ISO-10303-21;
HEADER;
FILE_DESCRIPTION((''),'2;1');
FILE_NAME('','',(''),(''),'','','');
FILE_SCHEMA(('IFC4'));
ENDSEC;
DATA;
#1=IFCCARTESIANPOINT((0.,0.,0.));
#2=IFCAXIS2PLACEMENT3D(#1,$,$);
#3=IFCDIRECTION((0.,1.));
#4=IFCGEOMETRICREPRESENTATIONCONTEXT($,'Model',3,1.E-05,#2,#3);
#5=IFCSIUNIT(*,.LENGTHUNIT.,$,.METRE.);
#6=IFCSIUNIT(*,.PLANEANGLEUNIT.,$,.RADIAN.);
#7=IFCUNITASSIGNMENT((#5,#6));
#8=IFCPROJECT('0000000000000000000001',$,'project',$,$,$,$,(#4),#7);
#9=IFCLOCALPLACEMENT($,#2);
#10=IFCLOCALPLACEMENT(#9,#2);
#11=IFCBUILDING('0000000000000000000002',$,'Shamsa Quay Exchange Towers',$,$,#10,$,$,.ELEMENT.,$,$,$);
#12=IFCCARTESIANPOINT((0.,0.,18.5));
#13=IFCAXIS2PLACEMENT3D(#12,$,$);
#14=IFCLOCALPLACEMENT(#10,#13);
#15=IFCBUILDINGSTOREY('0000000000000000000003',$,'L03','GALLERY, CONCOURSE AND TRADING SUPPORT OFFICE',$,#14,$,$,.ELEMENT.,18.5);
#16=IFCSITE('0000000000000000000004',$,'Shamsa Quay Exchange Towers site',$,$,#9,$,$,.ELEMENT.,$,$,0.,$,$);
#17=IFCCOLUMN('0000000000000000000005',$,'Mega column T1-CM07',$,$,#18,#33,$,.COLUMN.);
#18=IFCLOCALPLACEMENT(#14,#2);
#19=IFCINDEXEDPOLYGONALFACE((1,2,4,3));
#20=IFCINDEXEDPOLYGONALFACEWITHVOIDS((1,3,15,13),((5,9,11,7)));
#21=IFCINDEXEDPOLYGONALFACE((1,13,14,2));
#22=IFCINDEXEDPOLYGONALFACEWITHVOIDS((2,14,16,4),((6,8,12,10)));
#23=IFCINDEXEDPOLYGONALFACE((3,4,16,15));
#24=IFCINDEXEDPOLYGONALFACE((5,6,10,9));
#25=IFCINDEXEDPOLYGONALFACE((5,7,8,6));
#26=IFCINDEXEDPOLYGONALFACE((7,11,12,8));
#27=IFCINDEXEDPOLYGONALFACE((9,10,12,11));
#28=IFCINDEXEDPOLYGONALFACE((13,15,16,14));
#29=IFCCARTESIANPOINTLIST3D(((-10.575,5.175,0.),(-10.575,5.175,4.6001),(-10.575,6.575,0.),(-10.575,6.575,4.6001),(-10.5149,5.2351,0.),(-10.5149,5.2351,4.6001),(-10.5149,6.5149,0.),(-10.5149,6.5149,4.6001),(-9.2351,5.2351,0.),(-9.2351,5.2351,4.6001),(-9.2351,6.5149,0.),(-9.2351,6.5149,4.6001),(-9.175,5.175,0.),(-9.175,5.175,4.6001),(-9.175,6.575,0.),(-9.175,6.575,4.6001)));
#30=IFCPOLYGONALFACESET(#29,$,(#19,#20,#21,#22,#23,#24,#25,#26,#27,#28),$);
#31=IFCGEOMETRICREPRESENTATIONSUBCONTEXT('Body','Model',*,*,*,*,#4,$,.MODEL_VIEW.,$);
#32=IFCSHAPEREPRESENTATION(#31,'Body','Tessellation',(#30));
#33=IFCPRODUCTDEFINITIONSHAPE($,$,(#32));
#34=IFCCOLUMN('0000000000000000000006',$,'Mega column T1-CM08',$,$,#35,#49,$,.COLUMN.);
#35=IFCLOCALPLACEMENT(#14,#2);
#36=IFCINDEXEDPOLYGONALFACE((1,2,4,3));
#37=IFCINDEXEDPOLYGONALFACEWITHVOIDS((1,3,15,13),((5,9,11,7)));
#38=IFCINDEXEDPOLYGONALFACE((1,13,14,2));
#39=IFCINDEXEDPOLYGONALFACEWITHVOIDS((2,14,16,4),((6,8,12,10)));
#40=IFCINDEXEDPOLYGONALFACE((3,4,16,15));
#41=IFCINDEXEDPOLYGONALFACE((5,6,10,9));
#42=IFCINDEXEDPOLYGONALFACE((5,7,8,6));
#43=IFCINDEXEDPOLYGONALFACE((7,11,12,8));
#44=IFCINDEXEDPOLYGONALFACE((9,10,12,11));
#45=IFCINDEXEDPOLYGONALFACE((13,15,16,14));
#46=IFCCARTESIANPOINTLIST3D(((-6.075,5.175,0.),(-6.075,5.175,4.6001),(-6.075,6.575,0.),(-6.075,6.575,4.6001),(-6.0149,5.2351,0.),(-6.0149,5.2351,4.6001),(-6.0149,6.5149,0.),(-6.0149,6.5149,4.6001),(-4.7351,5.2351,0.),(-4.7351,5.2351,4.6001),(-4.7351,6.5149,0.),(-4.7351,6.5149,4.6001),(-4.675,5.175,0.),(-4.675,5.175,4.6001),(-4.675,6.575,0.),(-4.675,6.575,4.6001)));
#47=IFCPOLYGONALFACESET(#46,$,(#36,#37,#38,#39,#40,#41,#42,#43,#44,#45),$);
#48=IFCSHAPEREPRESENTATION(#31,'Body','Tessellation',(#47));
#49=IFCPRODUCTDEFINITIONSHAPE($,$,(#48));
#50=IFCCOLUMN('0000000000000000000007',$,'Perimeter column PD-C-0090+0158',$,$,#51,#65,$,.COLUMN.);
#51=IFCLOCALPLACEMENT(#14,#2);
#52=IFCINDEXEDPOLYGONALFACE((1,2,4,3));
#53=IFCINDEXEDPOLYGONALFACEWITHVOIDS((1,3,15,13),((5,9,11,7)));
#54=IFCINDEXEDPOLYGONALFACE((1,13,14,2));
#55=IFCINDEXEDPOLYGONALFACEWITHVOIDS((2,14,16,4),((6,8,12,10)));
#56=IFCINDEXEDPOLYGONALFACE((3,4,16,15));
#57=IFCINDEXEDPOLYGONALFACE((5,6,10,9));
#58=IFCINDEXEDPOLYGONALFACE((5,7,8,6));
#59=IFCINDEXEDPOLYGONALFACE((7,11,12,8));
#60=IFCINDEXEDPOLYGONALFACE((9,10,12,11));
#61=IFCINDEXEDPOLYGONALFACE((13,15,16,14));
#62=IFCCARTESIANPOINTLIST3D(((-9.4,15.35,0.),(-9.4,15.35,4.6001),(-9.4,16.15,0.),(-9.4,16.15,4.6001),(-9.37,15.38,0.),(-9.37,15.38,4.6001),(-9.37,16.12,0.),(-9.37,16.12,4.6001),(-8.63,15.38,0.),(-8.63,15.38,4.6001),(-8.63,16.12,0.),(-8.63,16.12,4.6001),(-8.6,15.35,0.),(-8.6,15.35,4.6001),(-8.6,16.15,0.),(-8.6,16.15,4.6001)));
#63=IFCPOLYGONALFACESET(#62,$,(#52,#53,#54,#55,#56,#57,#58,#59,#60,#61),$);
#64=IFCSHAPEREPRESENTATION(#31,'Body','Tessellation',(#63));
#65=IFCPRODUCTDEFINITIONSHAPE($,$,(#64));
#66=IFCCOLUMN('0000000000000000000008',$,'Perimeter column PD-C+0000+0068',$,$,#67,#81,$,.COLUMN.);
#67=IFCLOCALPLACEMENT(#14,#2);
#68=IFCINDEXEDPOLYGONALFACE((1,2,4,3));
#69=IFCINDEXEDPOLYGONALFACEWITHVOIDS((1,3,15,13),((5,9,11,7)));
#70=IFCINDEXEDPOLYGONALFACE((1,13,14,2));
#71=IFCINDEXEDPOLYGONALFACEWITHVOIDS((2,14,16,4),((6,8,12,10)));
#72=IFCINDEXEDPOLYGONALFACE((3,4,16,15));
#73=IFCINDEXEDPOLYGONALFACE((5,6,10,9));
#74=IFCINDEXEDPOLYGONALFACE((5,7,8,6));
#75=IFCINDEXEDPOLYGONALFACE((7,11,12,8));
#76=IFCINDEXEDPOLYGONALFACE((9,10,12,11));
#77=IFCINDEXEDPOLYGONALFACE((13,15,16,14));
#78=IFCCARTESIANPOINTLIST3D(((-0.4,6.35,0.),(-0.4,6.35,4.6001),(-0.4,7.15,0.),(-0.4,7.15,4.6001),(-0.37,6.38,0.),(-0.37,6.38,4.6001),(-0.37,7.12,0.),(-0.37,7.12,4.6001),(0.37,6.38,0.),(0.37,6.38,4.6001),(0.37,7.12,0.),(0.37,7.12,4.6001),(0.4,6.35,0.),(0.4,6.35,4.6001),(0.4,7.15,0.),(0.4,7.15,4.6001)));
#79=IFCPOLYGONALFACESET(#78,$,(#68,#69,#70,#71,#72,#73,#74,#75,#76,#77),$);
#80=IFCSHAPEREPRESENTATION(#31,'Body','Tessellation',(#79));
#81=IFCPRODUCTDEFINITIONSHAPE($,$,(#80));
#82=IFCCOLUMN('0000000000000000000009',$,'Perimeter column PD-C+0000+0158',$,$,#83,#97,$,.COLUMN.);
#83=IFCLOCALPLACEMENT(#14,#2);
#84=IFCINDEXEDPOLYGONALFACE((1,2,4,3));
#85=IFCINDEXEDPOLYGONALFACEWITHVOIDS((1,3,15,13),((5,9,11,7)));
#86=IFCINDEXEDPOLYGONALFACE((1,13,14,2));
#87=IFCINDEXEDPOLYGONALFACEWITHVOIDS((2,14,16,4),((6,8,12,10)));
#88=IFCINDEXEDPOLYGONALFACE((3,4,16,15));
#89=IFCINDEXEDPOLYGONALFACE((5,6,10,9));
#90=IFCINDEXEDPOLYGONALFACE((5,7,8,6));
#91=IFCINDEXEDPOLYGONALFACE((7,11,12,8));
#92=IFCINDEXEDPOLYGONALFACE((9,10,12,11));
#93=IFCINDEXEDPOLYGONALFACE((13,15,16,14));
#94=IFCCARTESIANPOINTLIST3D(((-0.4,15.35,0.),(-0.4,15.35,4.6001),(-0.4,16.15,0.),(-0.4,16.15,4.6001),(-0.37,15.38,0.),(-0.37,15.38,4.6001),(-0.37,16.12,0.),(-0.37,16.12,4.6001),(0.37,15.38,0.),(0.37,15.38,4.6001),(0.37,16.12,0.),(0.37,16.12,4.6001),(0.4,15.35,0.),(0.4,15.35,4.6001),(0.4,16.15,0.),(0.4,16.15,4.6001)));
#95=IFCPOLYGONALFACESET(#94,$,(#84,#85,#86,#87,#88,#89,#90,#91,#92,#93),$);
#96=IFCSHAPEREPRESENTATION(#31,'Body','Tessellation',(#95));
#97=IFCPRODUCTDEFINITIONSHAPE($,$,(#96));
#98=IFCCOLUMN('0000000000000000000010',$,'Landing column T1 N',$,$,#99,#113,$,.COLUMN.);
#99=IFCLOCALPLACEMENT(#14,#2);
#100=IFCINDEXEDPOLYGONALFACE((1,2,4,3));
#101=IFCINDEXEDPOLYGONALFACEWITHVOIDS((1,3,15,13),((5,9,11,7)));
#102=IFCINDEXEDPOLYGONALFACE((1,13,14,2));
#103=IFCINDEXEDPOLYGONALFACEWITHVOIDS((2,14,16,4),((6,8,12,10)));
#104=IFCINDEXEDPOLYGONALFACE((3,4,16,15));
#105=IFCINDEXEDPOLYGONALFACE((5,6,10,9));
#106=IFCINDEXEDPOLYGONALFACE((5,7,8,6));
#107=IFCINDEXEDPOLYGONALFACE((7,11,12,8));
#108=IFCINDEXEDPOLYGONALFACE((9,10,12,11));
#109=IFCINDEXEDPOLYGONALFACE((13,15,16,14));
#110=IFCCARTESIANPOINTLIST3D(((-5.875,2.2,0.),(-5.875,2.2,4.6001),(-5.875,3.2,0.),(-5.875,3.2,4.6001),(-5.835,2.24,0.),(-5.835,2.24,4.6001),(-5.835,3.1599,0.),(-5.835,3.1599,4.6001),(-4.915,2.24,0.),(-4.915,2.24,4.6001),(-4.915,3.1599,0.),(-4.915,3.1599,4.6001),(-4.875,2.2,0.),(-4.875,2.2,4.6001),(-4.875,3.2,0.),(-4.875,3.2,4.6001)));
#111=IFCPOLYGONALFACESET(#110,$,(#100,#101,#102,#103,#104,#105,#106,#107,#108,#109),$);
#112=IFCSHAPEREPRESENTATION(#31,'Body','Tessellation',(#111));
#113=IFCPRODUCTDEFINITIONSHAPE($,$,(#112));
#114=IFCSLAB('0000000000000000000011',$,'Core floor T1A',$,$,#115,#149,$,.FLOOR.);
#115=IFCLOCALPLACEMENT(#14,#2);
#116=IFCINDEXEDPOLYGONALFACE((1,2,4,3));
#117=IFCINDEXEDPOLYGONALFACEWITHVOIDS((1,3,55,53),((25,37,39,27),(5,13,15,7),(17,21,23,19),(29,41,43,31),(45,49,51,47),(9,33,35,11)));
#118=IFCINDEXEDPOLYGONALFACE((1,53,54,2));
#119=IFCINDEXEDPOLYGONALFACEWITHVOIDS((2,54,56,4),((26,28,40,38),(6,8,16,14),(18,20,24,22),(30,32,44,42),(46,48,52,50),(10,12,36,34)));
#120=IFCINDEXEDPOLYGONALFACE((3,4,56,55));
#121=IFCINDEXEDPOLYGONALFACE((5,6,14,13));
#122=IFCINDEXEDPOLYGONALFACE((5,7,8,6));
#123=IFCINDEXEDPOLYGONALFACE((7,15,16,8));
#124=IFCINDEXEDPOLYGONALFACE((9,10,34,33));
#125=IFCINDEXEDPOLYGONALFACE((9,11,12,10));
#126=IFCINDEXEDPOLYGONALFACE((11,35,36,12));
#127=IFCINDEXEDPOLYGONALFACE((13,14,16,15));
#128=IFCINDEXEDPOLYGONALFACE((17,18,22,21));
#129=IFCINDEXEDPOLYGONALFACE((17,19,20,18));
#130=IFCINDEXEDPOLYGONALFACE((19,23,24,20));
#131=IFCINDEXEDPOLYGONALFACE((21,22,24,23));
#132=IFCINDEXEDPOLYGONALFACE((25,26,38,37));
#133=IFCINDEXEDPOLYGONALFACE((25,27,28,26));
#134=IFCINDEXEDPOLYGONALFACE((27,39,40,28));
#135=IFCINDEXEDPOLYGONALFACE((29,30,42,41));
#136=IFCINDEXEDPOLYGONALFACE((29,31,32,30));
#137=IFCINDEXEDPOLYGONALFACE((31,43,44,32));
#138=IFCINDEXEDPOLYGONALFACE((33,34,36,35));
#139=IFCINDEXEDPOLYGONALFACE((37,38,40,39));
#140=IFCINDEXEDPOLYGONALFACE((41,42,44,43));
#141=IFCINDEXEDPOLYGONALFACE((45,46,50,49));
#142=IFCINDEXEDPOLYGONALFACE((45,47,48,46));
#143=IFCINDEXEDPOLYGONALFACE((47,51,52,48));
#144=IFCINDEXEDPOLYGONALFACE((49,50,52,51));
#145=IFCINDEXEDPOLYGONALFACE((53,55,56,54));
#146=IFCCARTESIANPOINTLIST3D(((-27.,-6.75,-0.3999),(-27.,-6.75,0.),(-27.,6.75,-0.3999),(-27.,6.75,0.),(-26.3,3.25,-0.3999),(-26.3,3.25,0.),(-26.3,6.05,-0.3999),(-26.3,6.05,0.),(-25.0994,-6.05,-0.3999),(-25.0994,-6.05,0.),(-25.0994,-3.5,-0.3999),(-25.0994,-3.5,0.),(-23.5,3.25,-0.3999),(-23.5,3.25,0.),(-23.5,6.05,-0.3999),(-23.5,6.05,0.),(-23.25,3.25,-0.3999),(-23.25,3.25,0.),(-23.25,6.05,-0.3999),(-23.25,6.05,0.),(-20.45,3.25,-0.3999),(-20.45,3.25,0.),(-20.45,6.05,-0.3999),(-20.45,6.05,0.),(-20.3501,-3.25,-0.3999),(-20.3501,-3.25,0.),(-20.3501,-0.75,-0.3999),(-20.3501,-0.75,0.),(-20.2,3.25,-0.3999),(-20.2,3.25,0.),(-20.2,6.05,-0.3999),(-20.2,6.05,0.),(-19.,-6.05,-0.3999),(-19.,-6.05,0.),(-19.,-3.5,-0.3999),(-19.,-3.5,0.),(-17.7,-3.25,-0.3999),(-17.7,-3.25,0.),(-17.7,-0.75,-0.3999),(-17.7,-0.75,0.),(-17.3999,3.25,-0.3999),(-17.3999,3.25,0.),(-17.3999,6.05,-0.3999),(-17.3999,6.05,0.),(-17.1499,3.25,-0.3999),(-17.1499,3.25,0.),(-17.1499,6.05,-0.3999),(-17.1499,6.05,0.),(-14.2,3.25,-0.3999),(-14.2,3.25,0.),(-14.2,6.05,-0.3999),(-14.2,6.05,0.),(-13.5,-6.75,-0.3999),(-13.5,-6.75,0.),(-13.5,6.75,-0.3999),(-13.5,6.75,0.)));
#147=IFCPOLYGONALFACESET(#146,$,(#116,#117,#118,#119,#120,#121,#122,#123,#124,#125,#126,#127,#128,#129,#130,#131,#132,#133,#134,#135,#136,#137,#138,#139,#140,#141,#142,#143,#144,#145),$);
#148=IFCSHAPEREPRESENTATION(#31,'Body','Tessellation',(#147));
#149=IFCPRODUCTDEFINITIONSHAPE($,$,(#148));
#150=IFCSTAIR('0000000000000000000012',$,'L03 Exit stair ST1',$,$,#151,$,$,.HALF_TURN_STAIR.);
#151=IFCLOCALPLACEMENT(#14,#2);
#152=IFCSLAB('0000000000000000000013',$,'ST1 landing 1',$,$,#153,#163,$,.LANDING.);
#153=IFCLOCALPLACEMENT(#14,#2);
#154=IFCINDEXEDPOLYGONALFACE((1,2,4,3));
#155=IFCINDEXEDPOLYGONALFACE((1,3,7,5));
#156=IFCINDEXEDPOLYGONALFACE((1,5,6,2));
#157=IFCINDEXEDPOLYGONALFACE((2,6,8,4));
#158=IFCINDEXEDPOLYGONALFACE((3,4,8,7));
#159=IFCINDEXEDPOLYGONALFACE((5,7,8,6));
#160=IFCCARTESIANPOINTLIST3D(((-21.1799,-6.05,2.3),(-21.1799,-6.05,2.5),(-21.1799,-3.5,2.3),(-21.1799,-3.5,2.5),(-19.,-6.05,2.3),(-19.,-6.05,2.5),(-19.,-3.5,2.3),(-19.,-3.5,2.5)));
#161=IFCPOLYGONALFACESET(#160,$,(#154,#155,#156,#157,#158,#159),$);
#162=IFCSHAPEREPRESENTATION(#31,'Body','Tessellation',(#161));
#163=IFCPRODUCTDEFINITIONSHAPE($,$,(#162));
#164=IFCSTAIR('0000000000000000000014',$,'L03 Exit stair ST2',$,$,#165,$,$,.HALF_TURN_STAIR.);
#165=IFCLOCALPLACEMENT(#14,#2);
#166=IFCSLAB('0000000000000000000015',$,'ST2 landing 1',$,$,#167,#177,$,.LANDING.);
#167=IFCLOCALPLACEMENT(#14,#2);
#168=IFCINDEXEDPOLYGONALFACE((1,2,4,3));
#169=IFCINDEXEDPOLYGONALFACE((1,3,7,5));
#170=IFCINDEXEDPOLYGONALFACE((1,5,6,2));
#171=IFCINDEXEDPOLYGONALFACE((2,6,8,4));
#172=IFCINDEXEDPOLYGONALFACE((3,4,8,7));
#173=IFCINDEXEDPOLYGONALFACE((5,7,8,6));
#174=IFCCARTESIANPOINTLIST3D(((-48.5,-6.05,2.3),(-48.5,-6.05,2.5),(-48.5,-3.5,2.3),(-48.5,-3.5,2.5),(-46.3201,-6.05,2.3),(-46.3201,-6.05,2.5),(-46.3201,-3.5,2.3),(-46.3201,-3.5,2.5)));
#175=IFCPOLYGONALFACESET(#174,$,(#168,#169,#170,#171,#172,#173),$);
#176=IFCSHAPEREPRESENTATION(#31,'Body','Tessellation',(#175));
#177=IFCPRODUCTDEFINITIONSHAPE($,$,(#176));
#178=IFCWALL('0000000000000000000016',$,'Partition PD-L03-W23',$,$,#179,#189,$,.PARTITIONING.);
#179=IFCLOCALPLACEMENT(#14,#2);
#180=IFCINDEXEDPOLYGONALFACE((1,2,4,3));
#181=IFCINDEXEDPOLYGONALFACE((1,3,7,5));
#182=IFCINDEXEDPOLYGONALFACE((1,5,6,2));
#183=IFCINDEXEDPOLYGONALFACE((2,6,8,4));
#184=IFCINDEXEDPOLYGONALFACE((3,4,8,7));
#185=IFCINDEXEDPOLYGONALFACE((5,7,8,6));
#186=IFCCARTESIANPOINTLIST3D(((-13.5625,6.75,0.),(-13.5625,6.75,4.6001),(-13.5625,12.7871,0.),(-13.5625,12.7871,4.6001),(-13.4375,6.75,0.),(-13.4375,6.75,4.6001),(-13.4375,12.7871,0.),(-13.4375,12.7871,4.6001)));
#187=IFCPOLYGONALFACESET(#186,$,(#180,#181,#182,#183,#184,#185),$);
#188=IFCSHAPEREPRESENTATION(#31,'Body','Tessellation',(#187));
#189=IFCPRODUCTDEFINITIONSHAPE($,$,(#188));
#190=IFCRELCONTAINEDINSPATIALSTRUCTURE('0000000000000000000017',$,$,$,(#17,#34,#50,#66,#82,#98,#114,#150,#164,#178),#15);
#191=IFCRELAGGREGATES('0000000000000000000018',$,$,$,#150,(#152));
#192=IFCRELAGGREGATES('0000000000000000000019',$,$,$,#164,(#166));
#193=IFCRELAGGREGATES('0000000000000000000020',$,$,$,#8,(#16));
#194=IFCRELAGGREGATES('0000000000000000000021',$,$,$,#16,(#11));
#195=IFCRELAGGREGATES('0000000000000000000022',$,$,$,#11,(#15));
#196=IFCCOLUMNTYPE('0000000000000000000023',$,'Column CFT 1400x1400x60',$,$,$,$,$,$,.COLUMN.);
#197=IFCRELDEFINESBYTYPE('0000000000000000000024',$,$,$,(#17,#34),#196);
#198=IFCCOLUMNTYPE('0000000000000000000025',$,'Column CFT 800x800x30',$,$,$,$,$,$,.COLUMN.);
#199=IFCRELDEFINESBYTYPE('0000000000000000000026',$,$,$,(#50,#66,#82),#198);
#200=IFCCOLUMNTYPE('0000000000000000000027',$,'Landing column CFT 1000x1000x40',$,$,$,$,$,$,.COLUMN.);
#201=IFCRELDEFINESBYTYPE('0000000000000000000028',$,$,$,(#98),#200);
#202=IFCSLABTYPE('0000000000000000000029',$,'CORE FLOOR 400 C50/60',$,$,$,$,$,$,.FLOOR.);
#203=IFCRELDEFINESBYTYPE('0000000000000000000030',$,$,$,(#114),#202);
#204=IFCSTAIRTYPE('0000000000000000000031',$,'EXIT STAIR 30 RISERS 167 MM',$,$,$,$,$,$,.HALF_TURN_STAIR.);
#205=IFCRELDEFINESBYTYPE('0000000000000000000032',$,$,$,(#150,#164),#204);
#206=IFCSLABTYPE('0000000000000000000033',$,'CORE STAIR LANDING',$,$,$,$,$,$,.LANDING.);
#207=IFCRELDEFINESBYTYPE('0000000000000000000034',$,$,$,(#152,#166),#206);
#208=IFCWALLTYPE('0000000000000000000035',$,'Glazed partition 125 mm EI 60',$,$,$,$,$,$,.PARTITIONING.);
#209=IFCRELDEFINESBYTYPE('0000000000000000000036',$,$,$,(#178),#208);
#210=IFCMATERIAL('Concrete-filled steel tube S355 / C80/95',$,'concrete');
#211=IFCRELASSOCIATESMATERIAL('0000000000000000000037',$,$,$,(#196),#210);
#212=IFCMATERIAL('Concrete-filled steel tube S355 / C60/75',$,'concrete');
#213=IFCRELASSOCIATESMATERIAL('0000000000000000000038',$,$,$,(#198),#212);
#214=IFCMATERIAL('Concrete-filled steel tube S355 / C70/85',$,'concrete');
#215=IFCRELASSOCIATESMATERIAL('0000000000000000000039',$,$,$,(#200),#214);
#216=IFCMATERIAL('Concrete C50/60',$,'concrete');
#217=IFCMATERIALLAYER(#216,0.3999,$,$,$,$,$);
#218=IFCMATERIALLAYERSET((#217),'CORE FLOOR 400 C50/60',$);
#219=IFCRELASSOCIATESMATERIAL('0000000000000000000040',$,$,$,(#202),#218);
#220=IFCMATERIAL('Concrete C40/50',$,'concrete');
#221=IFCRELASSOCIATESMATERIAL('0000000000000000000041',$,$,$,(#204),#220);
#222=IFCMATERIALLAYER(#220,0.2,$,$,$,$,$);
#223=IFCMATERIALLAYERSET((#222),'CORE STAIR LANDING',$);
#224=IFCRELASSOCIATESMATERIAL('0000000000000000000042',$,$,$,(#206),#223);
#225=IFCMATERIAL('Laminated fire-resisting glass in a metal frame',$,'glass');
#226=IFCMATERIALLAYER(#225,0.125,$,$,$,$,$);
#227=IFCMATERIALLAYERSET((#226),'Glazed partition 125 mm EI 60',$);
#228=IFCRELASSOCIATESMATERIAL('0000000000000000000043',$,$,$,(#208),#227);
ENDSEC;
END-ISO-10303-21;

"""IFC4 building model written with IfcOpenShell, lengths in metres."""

from ifc_helpers import new_model, si_unit, direction, frame, frame_2d, origin, origin_2d, place, context, subcontext, project, spatial, polyline, rectangle, hollow_rectangle, outline, extrude, material, layer, layer_set, material_profile, profile_set, type_object, element, aggregate, save


model = new_model("IFC4")

# Units and contexts
model_context = context("Model", 3, precision=1e-05, world=origin(), true_north=direction((0.0, 1.0)))
body_context = subcontext(model_context, "Body", "Model", "MODEL_VIEW")
ifc_project = project(units=[si_unit("LENGTHUNIT", "METRE"), si_unit("PLANEANGLEUNIT", "RADIAN")], contexts=[model_context])

# Site, building, storey
site_placement = place(None, origin())
site = spatial("IfcSite", under=ifc_project, at=site_placement, Name="Shamsa Quay Exchange Towers site", CompositionType="ELEMENT", RefElevation=0.0)
building_placement = place(site_placement, origin())
building = spatial("IfcBuilding", under=site, at=building_placement, Name="Shamsa Quay Exchange Towers", CompositionType="ELEMENT")
storey_placement = place(building_placement, frame((0.0, 0.0, 18.5)))
storey = spatial("IfcBuildingStorey", under=building, at=storey_placement, Name="L03", Description="GALLERY, CONCOURSE AND TRADING SUPPORT OFFICE", CompositionType="ELEMENT", Elevation=18.5)

# Columns
ifc_material_1 = material(Name="Concrete-filled steel tube S355 / C80/95", Category="concrete")
ifc_material_profile_1 = material_profile(ifc_material_1, hollow_rectangle(XDim=1.3999, YDim=1.3999, WallThickness=0.0601, at=origin_2d()), Name="CFT 1400x1400x60")
ifc_profile_set_1 = profile_set([ifc_material_profile_1], Name="Concrete-filled steel tube S355 / C80/95")
column_type_1 = type_object("IfcColumnType", Name="Column CFT 1400x1400x60", PredefinedType="COLUMN", material=ifc_profile_set_1)
for number, where, name in (
    (1, (-9.875, 5.875, 0.0), "Mega column T1-CM07"),
    (2, (-5.375, 5.875, 0.0), "Mega column T1-CM08"),
):
    element("IfcColumn", number, at=place(storey_placement, frame(where)), inside=storey, type_object=column_type_1, Name=name, PredefinedType="COLUMN", context=body_context, shape_type="SweptSolid", body=[
        extrude(hollow_rectangle(XDim=1.3999, YDim=1.3999, WallThickness=0.0601, at=origin_2d()), origin(), (0.0, 0.0, 1.0), 4.6001),
    ])
ifc_material_2 = material(Name="Concrete-filled steel tube S355 / C60/75", Category="concrete")
ifc_material_profile_2 = material_profile(ifc_material_2, hollow_rectangle(XDim=0.8, YDim=0.8, WallThickness=0.03, at=origin_2d()), Name="CFT 800x800x30")
ifc_profile_set_2 = profile_set([ifc_material_profile_2], Name="Concrete-filled steel tube S355 / C60/75")
column_type_2 = type_object("IfcColumnType", Name="Column CFT 800x800x30", PredefinedType="COLUMN", material=ifc_profile_set_2)
for number, where, name in (
    (3, (-9.0, 15.75, 0.0), "Perimeter column PD-C-0090+0158"),
    (4, (0.0, 6.75, 0.0), "Perimeter column PD-C+0000+0068"),
    (5, (0.0, 15.75, 0.0), "Perimeter column PD-C+0000+0158"),
):
    element("IfcColumn", number, at=place(storey_placement, frame(where)), inside=storey, type_object=column_type_2, Name=name, PredefinedType="COLUMN", context=body_context, shape_type="SweptSolid", body=[
        extrude(hollow_rectangle(XDim=0.8, YDim=0.8, WallThickness=0.03, at=origin_2d()), origin(), (0.0, 0.0, 1.0), 4.6001),
    ])
ifc_material_3 = material(Name="Concrete-filled steel tube S355 / C70/85", Category="concrete")
ifc_material_profile_3 = material_profile(ifc_material_3, hollow_rectangle(XDim=1.0, YDim=1.0, WallThickness=0.04, at=origin_2d()), Name="CFT 1000x1000x40")
ifc_profile_set_3 = profile_set([ifc_material_profile_3], Name="Concrete-filled steel tube S355 / C70/85")
column_type_3 = type_object("IfcColumnType", Name="Landing column CFT 1000x1000x40", PredefinedType="COLUMN", material=ifc_profile_set_3)
column_placement = place(storey_placement, frame((-5.375, 2.7, 0.0)))
element("IfcColumn", 6, at=column_placement, inside=storey, type_object=column_type_3, Name="Landing column T1 N", PredefinedType="COLUMN", context=body_context, shape_type="SweptSolid", body=[
    extrude(hollow_rectangle(XDim=1.0, YDim=1.0, WallThickness=0.04, at=origin_2d()), origin(), (0.0, 0.0, 1.0), 4.6001),
])

# Slab
ifc_material_4 = material(Name="Concrete C50/60", Category="concrete")
ifc_layer_1 = layer(ifc_material_4, 0.3999)
ifc_layer_set_1 = layer_set([ifc_layer_1], Name="CORE FLOOR 400 C50/60")
slab_type_1 = type_object("IfcSlabType", Name="CORE FLOOR 400 C50/60", PredefinedType="FLOOR", material=ifc_layer_set_1)
slab_1_placement = place(storey_placement, frame((0.0, 0.0, -0.3999)))
element("IfcSlab", 7, at=slab_1_placement, inside=storey, type_object=slab_type_1, Name="Core floor T1A", PredefinedType="FLOOR", context=body_context, shape_type="SweptSolid", body=[
    extrude(outline(polyline([(-27.0, -6.75), (-13.5, -6.75), (-13.5, 6.75), (-27.0, 6.75), (-27.0, -6.75)]), holes=[polyline([(-25.0994, -6.05), (-25.0994, -3.5), (-19.0, -3.5), (-19.0, -6.05), (-25.0994, -6.05)]), polyline([(-26.3, 3.25), (-26.3, 6.05), (-23.5, 6.05), (-23.5, 3.25), (-26.3, 3.25)]), polyline([(-23.25, 3.25), (-23.25, 6.05), (-20.45, 6.05), (-20.45, 3.25), (-23.25, 3.25)]), polyline([(-20.2, 3.25), (-20.2, 6.05), (-17.3999, 6.05), (-17.3999, 3.25), (-20.2, 3.25)]), polyline([(-17.1499, 3.25), (-17.1499, 6.05), (-14.2, 6.05), (-14.2, 3.25), (-17.1499, 3.25)]), polyline([(-20.3501, -3.25), (-20.3501, -0.75), (-17.7, -0.75), (-17.7, -3.25), (-20.3501, -3.25)])]), origin(), (0.0, 0.0, 1.0), 0.3999),
])

# Stairs, slabs
ifc_material_5 = material(Name="Concrete C40/50", Category="concrete")
stair_type_1 = type_object("IfcStairType", Name="EXIT STAIR 30 RISERS 167 MM", PredefinedType="HALF_TURN_STAIR", material=ifc_material_5)
stair_1_placement = place(storey_placement, origin())
stair_1 = element("IfcStair", 8, at=stair_1_placement, inside=storey, type_object=stair_type_1, Name="L03 Exit stair ST1", PredefinedType="HALF_TURN_STAIR")
ifc_layer_2 = layer(ifc_material_5, 0.2)
ifc_layer_set_2 = layer_set([ifc_layer_2], Name="CORE STAIR LANDING")
slab_type_2 = type_object("IfcSlabType", Name="CORE STAIR LANDING", PredefinedType="LANDING", material=ifc_layer_set_2)
slab_2_placement = place(storey_placement, frame((0.0, 0.0, 2.3)))
slab_2 = element("IfcSlab", 9, at=slab_2_placement, type_object=slab_type_2, Name="ST1 landing 1", PredefinedType="LANDING", context=body_context, shape_type="SweptSolid", body=[
    extrude(outline(polyline([(-21.1799, -6.05), (-19.0, -6.05), (-19.0, -3.5), (-21.1799, -3.5), (-21.1799, -6.05)])), origin(), (0.0, 0.0, 1.0), 0.2),
])
aggregate(stair_1, [slab_2])
stair_2_placement = place(storey_placement, origin())
stair_2 = element("IfcStair", 10, at=stair_2_placement, inside=storey, type_object=stair_type_1, Name="L03 Exit stair ST2", PredefinedType="HALF_TURN_STAIR")
slab_3_placement = place(storey_placement, frame((0.0, 0.0, 2.3)))
slab_3 = element("IfcSlab", 11, at=slab_3_placement, type_object=slab_type_2, Name="ST2 landing 1", PredefinedType="LANDING", context=body_context, shape_type="SweptSolid", body=[
    extrude(outline(polyline([(-46.3201, -3.5), (-48.5, -3.5), (-48.5, -6.05), (-46.3201, -6.05), (-46.3201, -3.5)])), origin(), (0.0, 0.0, 1.0), 0.2),
])
aggregate(stair_2, [slab_3])

# Wall
ifc_material_6 = material(Name="Laminated fire-resisting glass in a metal frame", Category="glass")
ifc_layer_3 = layer(ifc_material_6, 0.125)
ifc_layer_set_3 = layer_set([ifc_layer_3], Name="Glazed partition 125 mm EI 60")
wall_type_1 = type_object("IfcWallType", Name="Glazed partition 125 mm EI 60", PredefinedType="PARTITIONING", material=ifc_layer_set_3)
wall_1_placement = place(storey_placement, frame((-13.5, 6.75, 0.0), z_axis=(0.0, 0.0, 1.0), x_axis=(0.0, 1.0, 0.0)))
element("IfcWall", 12, at=wall_1_placement, inside=storey, type_object=wall_type_1, Name="Partition PD-L03-W23", PredefinedType="PARTITIONING", context=body_context, shape_type="SweptSolid", body=[
    extrude(rectangle(XDim=6.0371, YDim=0.125, at=frame_2d((3.0186, 0.0))), origin(), (0.0, 0.0, 1.0), 4.6001),
])

save(model, "model.ifc")
